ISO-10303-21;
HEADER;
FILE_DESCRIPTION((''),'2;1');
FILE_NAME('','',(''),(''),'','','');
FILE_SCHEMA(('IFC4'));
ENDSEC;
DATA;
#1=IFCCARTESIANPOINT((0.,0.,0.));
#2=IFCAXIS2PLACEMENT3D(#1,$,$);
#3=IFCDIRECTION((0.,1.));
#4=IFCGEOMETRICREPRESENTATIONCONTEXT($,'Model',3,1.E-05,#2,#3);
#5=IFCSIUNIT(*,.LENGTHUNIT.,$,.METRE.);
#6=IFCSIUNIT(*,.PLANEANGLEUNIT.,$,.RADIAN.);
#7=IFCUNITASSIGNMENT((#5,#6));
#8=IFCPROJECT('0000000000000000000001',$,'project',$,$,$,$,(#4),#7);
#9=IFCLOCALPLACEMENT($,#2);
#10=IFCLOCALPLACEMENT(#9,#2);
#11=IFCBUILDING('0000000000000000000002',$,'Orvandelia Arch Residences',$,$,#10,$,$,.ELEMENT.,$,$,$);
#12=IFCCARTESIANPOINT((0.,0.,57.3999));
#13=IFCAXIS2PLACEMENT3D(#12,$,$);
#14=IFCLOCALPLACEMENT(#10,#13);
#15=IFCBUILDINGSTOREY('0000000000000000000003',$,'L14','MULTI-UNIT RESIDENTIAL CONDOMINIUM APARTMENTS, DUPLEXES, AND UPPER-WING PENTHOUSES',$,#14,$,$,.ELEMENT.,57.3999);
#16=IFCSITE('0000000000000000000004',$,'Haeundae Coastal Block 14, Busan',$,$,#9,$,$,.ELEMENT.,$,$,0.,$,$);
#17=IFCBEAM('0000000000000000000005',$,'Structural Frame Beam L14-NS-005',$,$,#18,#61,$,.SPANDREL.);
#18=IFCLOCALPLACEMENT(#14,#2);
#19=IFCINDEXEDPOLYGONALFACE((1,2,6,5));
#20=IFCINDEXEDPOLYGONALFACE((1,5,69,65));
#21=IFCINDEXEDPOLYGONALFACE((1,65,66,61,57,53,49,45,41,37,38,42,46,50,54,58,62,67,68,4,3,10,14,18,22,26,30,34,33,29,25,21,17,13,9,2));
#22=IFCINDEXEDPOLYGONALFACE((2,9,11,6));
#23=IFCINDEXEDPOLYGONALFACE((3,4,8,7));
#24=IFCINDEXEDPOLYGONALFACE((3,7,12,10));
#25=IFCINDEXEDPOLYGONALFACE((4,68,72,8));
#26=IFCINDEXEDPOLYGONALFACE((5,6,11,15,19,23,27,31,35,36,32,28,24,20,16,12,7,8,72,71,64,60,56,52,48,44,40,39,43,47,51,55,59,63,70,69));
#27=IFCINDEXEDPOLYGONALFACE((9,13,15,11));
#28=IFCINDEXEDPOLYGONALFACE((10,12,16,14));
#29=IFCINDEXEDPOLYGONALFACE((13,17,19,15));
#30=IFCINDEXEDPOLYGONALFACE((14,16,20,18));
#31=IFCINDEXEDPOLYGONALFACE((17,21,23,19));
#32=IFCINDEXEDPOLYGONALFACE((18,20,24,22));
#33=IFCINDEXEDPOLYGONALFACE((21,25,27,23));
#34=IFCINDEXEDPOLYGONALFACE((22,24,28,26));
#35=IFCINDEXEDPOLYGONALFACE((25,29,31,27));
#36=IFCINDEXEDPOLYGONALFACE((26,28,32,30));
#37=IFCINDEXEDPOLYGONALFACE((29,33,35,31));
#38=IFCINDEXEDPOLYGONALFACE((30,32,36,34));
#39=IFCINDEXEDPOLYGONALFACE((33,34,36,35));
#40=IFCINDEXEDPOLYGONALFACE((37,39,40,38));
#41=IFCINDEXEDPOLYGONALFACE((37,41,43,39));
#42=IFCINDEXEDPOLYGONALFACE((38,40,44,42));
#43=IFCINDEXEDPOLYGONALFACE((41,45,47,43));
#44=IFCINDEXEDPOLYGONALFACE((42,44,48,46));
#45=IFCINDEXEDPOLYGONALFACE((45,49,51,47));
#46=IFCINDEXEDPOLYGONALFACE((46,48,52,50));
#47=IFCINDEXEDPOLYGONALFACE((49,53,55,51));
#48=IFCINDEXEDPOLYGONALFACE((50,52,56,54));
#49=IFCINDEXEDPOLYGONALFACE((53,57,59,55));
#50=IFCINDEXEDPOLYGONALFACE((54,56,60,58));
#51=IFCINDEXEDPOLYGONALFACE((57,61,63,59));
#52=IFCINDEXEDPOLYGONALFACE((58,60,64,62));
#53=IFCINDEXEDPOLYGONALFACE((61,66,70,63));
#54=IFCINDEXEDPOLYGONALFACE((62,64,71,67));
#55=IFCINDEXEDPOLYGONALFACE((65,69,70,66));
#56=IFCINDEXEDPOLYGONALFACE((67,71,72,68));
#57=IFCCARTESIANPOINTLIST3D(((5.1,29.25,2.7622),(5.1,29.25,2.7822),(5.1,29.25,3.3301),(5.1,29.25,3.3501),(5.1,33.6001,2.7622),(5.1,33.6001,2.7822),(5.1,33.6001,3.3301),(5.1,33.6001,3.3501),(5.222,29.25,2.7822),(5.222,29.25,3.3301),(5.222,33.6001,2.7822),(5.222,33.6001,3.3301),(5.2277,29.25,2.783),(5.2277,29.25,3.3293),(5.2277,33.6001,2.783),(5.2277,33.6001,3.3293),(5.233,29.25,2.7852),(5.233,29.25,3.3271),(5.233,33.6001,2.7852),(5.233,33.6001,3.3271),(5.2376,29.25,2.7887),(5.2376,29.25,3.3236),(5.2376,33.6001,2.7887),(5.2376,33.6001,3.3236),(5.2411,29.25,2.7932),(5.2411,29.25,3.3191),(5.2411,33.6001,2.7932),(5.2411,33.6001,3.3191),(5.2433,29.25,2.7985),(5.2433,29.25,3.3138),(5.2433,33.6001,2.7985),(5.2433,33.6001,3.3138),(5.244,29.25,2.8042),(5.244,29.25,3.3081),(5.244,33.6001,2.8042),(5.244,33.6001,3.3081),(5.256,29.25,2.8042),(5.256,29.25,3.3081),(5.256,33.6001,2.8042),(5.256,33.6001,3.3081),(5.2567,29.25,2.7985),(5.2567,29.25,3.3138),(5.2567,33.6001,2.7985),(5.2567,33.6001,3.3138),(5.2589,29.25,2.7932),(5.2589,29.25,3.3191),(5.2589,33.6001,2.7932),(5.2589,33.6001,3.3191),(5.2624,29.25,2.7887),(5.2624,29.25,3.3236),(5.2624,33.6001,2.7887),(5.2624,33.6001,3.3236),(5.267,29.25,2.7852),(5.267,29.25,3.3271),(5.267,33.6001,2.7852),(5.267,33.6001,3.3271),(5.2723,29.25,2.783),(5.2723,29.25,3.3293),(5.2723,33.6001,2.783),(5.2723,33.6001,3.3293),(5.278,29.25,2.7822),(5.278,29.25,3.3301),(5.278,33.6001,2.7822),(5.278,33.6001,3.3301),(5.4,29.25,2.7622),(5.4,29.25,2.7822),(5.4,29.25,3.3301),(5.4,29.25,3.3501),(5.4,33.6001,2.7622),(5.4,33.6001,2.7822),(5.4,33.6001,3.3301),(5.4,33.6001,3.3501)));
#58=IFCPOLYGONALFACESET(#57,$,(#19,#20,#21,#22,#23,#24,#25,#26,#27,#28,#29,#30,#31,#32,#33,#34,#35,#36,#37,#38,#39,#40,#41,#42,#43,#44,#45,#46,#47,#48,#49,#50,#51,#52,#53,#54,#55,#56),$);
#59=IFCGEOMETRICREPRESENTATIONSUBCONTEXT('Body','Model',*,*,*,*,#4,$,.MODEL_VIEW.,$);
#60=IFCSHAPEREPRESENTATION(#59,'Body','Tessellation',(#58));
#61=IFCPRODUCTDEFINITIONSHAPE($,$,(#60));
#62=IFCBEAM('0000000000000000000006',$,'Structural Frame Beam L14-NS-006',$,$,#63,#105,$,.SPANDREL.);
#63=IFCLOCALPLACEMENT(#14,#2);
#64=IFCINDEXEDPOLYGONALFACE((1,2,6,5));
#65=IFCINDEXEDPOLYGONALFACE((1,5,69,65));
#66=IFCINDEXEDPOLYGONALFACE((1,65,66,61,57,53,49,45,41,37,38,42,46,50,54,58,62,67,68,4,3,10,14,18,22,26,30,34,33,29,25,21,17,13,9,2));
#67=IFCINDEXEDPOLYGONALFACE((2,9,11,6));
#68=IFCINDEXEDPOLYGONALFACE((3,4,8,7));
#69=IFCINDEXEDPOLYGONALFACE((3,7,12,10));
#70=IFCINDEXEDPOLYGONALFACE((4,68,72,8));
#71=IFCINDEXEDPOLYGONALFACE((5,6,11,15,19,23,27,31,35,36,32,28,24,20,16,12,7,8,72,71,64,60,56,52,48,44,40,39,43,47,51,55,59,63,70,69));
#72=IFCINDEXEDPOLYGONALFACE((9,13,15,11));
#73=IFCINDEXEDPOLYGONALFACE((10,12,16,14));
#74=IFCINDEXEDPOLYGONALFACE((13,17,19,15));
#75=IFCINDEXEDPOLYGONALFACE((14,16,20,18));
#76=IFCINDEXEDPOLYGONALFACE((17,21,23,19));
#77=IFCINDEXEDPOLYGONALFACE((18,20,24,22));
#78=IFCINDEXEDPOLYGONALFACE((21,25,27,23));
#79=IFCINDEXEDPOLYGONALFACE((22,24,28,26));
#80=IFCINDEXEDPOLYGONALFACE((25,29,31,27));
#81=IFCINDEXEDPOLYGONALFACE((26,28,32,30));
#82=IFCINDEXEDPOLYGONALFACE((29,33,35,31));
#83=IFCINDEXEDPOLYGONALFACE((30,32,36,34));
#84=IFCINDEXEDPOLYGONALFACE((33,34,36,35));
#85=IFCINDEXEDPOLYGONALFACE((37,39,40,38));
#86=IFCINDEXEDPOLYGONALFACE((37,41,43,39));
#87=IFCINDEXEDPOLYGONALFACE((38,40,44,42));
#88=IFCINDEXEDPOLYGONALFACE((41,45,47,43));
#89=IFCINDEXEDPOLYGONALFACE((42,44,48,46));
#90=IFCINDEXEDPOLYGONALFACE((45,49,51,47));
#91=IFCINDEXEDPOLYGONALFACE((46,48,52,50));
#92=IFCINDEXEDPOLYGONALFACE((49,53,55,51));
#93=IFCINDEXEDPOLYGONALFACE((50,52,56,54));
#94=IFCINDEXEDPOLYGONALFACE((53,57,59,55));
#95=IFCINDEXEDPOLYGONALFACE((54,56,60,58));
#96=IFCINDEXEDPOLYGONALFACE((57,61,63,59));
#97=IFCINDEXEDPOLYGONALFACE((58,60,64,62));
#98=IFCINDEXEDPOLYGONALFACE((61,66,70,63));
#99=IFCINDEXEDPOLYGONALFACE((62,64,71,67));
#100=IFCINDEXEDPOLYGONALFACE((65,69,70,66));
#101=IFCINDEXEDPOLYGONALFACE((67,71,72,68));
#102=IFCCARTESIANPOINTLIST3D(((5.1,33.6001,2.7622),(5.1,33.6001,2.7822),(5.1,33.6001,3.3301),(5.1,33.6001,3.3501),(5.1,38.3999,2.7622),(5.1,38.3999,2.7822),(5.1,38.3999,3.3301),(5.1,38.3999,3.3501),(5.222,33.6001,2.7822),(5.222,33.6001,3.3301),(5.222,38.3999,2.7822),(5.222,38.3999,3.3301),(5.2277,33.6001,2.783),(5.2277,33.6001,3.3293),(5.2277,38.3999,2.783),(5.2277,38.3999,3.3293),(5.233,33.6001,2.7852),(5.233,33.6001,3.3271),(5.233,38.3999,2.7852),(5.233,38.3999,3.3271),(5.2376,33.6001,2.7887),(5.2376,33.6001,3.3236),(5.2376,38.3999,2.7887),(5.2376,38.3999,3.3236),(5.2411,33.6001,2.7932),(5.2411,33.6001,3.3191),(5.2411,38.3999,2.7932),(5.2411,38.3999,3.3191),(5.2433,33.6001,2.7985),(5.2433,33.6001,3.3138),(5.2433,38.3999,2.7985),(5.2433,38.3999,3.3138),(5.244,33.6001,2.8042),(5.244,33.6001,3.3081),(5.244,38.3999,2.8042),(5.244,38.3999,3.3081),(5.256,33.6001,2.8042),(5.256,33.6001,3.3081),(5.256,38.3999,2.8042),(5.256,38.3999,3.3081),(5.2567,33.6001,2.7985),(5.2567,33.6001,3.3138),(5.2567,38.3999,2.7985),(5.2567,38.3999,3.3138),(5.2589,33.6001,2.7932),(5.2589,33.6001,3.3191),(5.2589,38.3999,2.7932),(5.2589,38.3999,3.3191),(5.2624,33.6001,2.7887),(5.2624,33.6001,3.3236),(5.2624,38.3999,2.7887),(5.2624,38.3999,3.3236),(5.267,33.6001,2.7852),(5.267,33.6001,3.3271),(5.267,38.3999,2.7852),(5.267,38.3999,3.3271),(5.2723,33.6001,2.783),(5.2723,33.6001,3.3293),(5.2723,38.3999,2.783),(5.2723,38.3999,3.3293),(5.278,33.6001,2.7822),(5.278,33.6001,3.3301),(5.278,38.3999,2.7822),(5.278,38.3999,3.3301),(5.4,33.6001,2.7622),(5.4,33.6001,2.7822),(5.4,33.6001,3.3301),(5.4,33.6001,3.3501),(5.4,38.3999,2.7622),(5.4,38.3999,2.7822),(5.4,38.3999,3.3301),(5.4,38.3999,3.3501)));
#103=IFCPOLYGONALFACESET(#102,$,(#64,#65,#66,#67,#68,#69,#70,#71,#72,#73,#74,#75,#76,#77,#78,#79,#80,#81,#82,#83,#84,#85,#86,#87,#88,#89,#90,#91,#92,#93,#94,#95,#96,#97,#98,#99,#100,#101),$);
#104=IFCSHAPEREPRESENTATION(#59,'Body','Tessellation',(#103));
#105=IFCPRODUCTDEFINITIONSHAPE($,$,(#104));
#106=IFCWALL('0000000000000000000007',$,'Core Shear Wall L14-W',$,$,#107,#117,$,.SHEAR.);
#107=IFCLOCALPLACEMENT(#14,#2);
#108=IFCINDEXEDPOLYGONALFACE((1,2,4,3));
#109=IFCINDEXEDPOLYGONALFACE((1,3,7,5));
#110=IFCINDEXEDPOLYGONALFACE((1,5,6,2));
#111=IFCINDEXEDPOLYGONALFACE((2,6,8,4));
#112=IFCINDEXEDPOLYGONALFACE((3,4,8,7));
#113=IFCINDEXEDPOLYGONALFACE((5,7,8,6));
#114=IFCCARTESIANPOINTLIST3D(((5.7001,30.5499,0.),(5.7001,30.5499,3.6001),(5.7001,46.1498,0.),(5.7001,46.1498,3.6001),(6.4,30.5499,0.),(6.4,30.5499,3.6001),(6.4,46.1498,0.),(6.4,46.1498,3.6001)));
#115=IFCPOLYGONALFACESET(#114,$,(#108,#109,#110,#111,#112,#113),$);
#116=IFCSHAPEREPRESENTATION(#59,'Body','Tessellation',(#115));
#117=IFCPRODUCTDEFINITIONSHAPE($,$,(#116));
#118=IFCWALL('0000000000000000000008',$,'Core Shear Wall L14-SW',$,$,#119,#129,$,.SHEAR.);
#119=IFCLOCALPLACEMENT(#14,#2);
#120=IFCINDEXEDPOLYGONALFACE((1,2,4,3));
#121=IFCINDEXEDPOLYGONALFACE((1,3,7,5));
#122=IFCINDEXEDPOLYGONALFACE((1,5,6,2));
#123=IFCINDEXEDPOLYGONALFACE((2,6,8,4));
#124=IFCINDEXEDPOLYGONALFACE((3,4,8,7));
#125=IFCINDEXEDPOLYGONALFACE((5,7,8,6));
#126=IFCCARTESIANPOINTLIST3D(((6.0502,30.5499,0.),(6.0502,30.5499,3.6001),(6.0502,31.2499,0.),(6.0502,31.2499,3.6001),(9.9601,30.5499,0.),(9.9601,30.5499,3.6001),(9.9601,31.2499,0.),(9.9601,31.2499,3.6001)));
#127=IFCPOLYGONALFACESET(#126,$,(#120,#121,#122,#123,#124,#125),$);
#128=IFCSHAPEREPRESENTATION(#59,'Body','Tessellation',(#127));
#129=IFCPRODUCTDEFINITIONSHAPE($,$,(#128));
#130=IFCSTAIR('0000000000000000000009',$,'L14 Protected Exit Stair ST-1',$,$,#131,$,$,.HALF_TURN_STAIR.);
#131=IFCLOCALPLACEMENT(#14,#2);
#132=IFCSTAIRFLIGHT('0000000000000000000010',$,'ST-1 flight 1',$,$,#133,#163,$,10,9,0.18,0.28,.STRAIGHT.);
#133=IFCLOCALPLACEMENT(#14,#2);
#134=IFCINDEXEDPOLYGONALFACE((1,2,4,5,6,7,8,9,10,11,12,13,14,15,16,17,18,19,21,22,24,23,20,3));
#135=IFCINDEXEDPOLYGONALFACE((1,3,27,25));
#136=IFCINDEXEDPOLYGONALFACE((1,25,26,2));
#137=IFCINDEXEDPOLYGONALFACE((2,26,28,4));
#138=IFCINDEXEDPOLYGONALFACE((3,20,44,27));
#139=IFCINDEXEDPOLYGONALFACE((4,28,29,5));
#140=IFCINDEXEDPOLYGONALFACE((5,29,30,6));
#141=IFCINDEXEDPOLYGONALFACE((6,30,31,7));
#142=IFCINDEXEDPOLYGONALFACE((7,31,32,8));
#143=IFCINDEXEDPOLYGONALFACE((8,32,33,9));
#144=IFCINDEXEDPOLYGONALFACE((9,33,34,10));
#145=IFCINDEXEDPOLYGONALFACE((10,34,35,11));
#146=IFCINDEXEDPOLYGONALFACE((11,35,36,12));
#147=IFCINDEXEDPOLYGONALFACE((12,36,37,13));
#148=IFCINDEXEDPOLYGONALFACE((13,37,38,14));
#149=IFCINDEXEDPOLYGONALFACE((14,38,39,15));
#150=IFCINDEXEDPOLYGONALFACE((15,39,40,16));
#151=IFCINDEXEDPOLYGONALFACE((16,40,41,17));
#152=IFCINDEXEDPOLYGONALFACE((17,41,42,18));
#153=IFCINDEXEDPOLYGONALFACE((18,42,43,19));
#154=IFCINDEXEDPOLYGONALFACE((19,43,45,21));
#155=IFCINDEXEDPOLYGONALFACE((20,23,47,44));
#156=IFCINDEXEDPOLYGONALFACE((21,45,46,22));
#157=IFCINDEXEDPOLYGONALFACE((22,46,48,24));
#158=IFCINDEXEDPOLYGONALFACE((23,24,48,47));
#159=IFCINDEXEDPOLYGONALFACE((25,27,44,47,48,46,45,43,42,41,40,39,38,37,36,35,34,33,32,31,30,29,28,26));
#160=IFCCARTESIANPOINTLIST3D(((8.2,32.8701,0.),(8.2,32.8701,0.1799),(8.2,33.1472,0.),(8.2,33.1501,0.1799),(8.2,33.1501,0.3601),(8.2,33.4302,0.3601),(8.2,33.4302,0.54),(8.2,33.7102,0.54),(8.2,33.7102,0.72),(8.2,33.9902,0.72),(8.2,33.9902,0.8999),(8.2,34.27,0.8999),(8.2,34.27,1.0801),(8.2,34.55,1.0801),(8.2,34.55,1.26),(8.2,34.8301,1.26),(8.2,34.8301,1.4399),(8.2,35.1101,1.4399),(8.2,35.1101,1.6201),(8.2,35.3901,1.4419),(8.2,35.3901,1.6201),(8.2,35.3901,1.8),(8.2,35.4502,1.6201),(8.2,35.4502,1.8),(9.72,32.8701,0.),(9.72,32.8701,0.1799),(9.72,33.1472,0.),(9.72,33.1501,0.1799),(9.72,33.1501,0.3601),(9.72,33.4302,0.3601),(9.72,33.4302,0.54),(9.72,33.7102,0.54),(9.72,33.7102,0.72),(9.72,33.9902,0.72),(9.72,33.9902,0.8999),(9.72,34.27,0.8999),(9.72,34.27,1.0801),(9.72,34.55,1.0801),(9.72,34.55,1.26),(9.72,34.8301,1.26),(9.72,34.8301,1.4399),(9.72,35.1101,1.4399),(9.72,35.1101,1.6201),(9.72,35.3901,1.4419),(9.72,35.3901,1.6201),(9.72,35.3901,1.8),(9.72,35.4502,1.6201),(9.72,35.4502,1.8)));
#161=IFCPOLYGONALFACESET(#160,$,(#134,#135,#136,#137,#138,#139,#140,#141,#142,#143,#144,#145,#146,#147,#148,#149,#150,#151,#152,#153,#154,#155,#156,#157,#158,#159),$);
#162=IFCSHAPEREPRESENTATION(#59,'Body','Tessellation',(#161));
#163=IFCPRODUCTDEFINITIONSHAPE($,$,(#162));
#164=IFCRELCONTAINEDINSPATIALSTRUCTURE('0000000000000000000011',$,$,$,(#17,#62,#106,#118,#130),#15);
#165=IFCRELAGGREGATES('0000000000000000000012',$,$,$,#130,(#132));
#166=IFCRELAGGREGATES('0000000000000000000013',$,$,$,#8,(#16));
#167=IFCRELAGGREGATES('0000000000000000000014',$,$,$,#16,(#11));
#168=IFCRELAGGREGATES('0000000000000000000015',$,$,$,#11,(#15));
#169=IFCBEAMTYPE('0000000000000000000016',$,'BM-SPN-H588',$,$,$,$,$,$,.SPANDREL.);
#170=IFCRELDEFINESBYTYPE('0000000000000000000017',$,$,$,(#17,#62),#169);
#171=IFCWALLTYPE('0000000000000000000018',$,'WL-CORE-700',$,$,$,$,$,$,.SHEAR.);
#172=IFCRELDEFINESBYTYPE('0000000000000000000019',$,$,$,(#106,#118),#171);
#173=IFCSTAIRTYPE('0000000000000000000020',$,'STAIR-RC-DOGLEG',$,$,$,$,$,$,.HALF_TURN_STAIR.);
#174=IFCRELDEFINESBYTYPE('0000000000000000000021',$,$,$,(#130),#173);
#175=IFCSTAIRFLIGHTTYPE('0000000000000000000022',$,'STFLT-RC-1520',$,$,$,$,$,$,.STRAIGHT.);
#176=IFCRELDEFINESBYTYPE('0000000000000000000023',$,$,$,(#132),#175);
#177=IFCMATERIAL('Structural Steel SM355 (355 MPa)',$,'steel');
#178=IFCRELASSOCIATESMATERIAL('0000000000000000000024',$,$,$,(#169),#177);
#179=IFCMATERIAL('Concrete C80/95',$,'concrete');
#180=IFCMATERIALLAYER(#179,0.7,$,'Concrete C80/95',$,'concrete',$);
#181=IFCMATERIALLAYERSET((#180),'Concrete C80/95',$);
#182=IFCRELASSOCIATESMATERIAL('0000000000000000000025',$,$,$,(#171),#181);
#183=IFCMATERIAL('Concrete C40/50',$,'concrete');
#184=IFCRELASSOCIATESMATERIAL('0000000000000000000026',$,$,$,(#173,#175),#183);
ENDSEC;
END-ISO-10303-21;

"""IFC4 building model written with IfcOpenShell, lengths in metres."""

from ifc_helpers import new_model, si_unit, direction, frame, frame_2d, origin, origin_2d, place, context, subcontext, project, spatial, polyline, rectangle, i_section, outline, extrude, material, layer, layer_set, material_profile, profile_set, type_object, element, aggregate, save


model = new_model("IFC4")

# Units and contexts
model_context = context("Model", 3, precision=1e-05, world=origin(), true_north=direction((0.0, 1.0)))
body_context = subcontext(model_context, "Body", "Model", "MODEL_VIEW")
ifc_project = project(units=[si_unit("LENGTHUNIT", "METRE"), si_unit("PLANEANGLEUNIT", "RADIAN")], contexts=[model_context])

# Site, building, storey
site_placement = place(None, origin())
site = spatial("IfcSite", under=ifc_project, at=site_placement, Name="Haeundae Coastal Block 14, Busan", CompositionType="ELEMENT", RefElevation=0.0)
building_placement = place(site_placement, origin())
building = spatial("IfcBuilding", under=site, at=building_placement, Name="Orvandelia Arch Residences", CompositionType="ELEMENT")
storey_placement = place(building_placement, frame((0.0, 0.0, 57.3999)))
storey = spatial("IfcBuildingStorey", under=building, at=storey_placement, Name="L14", Description="MULTI-UNIT RESIDENTIAL CONDOMINIUM APARTMENTS, DUPLEXES, AND UPPER-WING PENTHOUSES", CompositionType="ELEMENT", Elevation=57.3999)

# Shared definitions
ifc_material_1 = material(Name="Concrete C80/95", Category="concrete")

# Beams
ifc_material_2 = material(Name="Structural Steel SM355 (355 MPa)", Category="steel")
ifc_material_profile_1 = material_profile(ifc_material_2, i_section(OverallWidth=0.3, OverallDepth=0.5879, WebThickness=0.012, FlangeThickness=0.02, FilletRadius=0.022, at=origin_2d()), Name="Structural Steel SM355 (355 MPa)", Category="steel")
ifc_profile_set_1 = profile_set([ifc_material_profile_1], Name="Structural Steel SM355 (355 MPa)")
beam_type_1 = type_object("IfcBeamType", Name="BM-SPN-H588", PredefinedType="SPANDREL", material=ifc_profile_set_1)
beam_1_placement = place(storey_placement, frame((5.25, 29.25, 3.0562), z_axis=(0.0, 1.0, 0.0), x_axis=(-1.0, 0.0, 0.0)))
element("IfcBeam", 1, at=beam_1_placement, inside=storey, type_object=beam_type_1, Name="Structural Frame Beam L14-NS-005", PredefinedType="SPANDREL", context=body_context, shape_type="SweptSolid", body=[
    extrude(i_section(OverallWidth=0.3, OverallDepth=0.5879, WebThickness=0.012, FlangeThickness=0.02, FilletRadius=0.022, at=origin_2d()), origin(), (0.0, 0.0, 1.0), 4.3501),
])
beam_2_placement = place(storey_placement, frame((5.25, 33.6001, 3.0562), z_axis=(0.0, 1.0, 0.0), x_axis=(-1.0, 0.0, 0.0)))
element("IfcBeam", 2, at=beam_2_placement, inside=storey, type_object=beam_type_1, Name="Structural Frame Beam L14-NS-006", PredefinedType="SPANDREL", context=body_context, shape_type="SweptSolid", body=[
    extrude(i_section(OverallWidth=0.3, OverallDepth=0.5879, WebThickness=0.012, FlangeThickness=0.02, FilletRadius=0.022, at=origin_2d()), origin(), (0.0, 0.0, 1.0), 4.7998),
])

# Walls
ifc_layer = layer(ifc_material_1, 0.7, Name="Concrete C80/95", Category="concrete")
ifc_layer_set = layer_set([ifc_layer], Name="Concrete C80/95")
wall_type = type_object("IfcWallType", Name="WL-CORE-700", PredefinedType="SHEAR", material=ifc_layer_set)
wall_1_placement = place(storey_placement, frame((6.05, 30.55, 0.0), z_axis=(0.0, 0.0, 1.0), x_axis=(0.0, 1.0, 0.0)))
element("IfcWall", 3, at=wall_1_placement, inside=storey, type_object=wall_type, Name="Core Shear Wall L14-W", PredefinedType="SHEAR", context=body_context, shape_type="SweptSolid", body=[
    extrude(rectangle(XDim=15.5999, YDim=0.7, at=frame_2d((7.7998, 0.0))), origin(), (0.0, 0.0, 1.0), 3.6001),
])
wall_2_placement = place(storey_placement, frame((6.05, 30.8999, 0.0), z_axis=(0.0, 0.0, 1.0), x_axis=(1.0, 0.0, 0.0)))
element("IfcWall", 4, at=wall_2_placement, inside=storey, type_object=wall_type, Name="Core Shear Wall L14-SW", PredefinedType="SHEAR", context=body_context, shape_type="SweptSolid", body=[
    extrude(rectangle(XDim=3.9099, YDim=0.7, at=frame_2d((1.9551, 0.0))), origin(), (0.0, 0.0, 1.0), 3.6001),
])

# Stair, stair flight
ifc_material_3 = material(Name="Concrete C40/50", Category="concrete")
stair_type = type_object("IfcStairType", Name="STAIR-RC-DOGLEG", PredefinedType="HALF_TURN_STAIR", material=ifc_material_3)
stair_placement = place(storey_placement, origin())
stair = element("IfcStair", 5, at=stair_placement, inside=storey, type_object=stair_type, Name="L14 Protected Exit Stair ST-1", PredefinedType="HALF_TURN_STAIR")
stair_flight_type = type_object("IfcStairFlightType", Name="STFLT-RC-1520", PredefinedType="STRAIGHT", material=ifc_material_3)
stair_flight_1_placement = place(storey_placement, frame((8.96, 32.8701, 0.0), z_axis=(0.0, 0.0, 1.0), x_axis=(0.0, 1.0, 0.0)))
stair_flight_1 = element("IfcStairFlight", 6, at=stair_flight_1_placement, type_object=stair_flight_type, Name="ST-1 flight 1", NumberOfRisers=10, NumberOfTreads=9, PredefinedType="STRAIGHT", RiserHeight=0.18, TreadLength=0.28, context=body_context, shape_type="SweptSolid", body=[
    extrude(outline(polyline([(0.0, 0.0), (0.0, 0.1799), (0.28, 0.1799), (0.28, 0.3601), (0.5601, 0.3601), (0.5601, 0.54), (0.8401, 0.54), (0.8401, 0.72), (1.1201, 0.72), (1.1201, 0.8999), (1.3999, 0.8999), (1.3999, 1.0801), (1.6799, 1.0801), (1.6799, 1.26), (1.96, 1.26), (1.96, 1.4399), (2.24, 1.4399), (2.24, 1.6201), (2.52, 1.6201), (2.52, 1.8), (2.5801, 1.8), (2.5801, 1.6201), (2.52, 1.4419), (0.2771, 0.0), (0.0, 0.0)])), frame((0.0, 0.76, 0.0), z_axis=(0.0, -1.0, 0.0), x_axis=(1.0, 0.0, 0.0)), (0.0, 0.0, 1.0), 1.52),
])
aggregate(stair, [stair_flight_1])

save(model, "model.ifc")
